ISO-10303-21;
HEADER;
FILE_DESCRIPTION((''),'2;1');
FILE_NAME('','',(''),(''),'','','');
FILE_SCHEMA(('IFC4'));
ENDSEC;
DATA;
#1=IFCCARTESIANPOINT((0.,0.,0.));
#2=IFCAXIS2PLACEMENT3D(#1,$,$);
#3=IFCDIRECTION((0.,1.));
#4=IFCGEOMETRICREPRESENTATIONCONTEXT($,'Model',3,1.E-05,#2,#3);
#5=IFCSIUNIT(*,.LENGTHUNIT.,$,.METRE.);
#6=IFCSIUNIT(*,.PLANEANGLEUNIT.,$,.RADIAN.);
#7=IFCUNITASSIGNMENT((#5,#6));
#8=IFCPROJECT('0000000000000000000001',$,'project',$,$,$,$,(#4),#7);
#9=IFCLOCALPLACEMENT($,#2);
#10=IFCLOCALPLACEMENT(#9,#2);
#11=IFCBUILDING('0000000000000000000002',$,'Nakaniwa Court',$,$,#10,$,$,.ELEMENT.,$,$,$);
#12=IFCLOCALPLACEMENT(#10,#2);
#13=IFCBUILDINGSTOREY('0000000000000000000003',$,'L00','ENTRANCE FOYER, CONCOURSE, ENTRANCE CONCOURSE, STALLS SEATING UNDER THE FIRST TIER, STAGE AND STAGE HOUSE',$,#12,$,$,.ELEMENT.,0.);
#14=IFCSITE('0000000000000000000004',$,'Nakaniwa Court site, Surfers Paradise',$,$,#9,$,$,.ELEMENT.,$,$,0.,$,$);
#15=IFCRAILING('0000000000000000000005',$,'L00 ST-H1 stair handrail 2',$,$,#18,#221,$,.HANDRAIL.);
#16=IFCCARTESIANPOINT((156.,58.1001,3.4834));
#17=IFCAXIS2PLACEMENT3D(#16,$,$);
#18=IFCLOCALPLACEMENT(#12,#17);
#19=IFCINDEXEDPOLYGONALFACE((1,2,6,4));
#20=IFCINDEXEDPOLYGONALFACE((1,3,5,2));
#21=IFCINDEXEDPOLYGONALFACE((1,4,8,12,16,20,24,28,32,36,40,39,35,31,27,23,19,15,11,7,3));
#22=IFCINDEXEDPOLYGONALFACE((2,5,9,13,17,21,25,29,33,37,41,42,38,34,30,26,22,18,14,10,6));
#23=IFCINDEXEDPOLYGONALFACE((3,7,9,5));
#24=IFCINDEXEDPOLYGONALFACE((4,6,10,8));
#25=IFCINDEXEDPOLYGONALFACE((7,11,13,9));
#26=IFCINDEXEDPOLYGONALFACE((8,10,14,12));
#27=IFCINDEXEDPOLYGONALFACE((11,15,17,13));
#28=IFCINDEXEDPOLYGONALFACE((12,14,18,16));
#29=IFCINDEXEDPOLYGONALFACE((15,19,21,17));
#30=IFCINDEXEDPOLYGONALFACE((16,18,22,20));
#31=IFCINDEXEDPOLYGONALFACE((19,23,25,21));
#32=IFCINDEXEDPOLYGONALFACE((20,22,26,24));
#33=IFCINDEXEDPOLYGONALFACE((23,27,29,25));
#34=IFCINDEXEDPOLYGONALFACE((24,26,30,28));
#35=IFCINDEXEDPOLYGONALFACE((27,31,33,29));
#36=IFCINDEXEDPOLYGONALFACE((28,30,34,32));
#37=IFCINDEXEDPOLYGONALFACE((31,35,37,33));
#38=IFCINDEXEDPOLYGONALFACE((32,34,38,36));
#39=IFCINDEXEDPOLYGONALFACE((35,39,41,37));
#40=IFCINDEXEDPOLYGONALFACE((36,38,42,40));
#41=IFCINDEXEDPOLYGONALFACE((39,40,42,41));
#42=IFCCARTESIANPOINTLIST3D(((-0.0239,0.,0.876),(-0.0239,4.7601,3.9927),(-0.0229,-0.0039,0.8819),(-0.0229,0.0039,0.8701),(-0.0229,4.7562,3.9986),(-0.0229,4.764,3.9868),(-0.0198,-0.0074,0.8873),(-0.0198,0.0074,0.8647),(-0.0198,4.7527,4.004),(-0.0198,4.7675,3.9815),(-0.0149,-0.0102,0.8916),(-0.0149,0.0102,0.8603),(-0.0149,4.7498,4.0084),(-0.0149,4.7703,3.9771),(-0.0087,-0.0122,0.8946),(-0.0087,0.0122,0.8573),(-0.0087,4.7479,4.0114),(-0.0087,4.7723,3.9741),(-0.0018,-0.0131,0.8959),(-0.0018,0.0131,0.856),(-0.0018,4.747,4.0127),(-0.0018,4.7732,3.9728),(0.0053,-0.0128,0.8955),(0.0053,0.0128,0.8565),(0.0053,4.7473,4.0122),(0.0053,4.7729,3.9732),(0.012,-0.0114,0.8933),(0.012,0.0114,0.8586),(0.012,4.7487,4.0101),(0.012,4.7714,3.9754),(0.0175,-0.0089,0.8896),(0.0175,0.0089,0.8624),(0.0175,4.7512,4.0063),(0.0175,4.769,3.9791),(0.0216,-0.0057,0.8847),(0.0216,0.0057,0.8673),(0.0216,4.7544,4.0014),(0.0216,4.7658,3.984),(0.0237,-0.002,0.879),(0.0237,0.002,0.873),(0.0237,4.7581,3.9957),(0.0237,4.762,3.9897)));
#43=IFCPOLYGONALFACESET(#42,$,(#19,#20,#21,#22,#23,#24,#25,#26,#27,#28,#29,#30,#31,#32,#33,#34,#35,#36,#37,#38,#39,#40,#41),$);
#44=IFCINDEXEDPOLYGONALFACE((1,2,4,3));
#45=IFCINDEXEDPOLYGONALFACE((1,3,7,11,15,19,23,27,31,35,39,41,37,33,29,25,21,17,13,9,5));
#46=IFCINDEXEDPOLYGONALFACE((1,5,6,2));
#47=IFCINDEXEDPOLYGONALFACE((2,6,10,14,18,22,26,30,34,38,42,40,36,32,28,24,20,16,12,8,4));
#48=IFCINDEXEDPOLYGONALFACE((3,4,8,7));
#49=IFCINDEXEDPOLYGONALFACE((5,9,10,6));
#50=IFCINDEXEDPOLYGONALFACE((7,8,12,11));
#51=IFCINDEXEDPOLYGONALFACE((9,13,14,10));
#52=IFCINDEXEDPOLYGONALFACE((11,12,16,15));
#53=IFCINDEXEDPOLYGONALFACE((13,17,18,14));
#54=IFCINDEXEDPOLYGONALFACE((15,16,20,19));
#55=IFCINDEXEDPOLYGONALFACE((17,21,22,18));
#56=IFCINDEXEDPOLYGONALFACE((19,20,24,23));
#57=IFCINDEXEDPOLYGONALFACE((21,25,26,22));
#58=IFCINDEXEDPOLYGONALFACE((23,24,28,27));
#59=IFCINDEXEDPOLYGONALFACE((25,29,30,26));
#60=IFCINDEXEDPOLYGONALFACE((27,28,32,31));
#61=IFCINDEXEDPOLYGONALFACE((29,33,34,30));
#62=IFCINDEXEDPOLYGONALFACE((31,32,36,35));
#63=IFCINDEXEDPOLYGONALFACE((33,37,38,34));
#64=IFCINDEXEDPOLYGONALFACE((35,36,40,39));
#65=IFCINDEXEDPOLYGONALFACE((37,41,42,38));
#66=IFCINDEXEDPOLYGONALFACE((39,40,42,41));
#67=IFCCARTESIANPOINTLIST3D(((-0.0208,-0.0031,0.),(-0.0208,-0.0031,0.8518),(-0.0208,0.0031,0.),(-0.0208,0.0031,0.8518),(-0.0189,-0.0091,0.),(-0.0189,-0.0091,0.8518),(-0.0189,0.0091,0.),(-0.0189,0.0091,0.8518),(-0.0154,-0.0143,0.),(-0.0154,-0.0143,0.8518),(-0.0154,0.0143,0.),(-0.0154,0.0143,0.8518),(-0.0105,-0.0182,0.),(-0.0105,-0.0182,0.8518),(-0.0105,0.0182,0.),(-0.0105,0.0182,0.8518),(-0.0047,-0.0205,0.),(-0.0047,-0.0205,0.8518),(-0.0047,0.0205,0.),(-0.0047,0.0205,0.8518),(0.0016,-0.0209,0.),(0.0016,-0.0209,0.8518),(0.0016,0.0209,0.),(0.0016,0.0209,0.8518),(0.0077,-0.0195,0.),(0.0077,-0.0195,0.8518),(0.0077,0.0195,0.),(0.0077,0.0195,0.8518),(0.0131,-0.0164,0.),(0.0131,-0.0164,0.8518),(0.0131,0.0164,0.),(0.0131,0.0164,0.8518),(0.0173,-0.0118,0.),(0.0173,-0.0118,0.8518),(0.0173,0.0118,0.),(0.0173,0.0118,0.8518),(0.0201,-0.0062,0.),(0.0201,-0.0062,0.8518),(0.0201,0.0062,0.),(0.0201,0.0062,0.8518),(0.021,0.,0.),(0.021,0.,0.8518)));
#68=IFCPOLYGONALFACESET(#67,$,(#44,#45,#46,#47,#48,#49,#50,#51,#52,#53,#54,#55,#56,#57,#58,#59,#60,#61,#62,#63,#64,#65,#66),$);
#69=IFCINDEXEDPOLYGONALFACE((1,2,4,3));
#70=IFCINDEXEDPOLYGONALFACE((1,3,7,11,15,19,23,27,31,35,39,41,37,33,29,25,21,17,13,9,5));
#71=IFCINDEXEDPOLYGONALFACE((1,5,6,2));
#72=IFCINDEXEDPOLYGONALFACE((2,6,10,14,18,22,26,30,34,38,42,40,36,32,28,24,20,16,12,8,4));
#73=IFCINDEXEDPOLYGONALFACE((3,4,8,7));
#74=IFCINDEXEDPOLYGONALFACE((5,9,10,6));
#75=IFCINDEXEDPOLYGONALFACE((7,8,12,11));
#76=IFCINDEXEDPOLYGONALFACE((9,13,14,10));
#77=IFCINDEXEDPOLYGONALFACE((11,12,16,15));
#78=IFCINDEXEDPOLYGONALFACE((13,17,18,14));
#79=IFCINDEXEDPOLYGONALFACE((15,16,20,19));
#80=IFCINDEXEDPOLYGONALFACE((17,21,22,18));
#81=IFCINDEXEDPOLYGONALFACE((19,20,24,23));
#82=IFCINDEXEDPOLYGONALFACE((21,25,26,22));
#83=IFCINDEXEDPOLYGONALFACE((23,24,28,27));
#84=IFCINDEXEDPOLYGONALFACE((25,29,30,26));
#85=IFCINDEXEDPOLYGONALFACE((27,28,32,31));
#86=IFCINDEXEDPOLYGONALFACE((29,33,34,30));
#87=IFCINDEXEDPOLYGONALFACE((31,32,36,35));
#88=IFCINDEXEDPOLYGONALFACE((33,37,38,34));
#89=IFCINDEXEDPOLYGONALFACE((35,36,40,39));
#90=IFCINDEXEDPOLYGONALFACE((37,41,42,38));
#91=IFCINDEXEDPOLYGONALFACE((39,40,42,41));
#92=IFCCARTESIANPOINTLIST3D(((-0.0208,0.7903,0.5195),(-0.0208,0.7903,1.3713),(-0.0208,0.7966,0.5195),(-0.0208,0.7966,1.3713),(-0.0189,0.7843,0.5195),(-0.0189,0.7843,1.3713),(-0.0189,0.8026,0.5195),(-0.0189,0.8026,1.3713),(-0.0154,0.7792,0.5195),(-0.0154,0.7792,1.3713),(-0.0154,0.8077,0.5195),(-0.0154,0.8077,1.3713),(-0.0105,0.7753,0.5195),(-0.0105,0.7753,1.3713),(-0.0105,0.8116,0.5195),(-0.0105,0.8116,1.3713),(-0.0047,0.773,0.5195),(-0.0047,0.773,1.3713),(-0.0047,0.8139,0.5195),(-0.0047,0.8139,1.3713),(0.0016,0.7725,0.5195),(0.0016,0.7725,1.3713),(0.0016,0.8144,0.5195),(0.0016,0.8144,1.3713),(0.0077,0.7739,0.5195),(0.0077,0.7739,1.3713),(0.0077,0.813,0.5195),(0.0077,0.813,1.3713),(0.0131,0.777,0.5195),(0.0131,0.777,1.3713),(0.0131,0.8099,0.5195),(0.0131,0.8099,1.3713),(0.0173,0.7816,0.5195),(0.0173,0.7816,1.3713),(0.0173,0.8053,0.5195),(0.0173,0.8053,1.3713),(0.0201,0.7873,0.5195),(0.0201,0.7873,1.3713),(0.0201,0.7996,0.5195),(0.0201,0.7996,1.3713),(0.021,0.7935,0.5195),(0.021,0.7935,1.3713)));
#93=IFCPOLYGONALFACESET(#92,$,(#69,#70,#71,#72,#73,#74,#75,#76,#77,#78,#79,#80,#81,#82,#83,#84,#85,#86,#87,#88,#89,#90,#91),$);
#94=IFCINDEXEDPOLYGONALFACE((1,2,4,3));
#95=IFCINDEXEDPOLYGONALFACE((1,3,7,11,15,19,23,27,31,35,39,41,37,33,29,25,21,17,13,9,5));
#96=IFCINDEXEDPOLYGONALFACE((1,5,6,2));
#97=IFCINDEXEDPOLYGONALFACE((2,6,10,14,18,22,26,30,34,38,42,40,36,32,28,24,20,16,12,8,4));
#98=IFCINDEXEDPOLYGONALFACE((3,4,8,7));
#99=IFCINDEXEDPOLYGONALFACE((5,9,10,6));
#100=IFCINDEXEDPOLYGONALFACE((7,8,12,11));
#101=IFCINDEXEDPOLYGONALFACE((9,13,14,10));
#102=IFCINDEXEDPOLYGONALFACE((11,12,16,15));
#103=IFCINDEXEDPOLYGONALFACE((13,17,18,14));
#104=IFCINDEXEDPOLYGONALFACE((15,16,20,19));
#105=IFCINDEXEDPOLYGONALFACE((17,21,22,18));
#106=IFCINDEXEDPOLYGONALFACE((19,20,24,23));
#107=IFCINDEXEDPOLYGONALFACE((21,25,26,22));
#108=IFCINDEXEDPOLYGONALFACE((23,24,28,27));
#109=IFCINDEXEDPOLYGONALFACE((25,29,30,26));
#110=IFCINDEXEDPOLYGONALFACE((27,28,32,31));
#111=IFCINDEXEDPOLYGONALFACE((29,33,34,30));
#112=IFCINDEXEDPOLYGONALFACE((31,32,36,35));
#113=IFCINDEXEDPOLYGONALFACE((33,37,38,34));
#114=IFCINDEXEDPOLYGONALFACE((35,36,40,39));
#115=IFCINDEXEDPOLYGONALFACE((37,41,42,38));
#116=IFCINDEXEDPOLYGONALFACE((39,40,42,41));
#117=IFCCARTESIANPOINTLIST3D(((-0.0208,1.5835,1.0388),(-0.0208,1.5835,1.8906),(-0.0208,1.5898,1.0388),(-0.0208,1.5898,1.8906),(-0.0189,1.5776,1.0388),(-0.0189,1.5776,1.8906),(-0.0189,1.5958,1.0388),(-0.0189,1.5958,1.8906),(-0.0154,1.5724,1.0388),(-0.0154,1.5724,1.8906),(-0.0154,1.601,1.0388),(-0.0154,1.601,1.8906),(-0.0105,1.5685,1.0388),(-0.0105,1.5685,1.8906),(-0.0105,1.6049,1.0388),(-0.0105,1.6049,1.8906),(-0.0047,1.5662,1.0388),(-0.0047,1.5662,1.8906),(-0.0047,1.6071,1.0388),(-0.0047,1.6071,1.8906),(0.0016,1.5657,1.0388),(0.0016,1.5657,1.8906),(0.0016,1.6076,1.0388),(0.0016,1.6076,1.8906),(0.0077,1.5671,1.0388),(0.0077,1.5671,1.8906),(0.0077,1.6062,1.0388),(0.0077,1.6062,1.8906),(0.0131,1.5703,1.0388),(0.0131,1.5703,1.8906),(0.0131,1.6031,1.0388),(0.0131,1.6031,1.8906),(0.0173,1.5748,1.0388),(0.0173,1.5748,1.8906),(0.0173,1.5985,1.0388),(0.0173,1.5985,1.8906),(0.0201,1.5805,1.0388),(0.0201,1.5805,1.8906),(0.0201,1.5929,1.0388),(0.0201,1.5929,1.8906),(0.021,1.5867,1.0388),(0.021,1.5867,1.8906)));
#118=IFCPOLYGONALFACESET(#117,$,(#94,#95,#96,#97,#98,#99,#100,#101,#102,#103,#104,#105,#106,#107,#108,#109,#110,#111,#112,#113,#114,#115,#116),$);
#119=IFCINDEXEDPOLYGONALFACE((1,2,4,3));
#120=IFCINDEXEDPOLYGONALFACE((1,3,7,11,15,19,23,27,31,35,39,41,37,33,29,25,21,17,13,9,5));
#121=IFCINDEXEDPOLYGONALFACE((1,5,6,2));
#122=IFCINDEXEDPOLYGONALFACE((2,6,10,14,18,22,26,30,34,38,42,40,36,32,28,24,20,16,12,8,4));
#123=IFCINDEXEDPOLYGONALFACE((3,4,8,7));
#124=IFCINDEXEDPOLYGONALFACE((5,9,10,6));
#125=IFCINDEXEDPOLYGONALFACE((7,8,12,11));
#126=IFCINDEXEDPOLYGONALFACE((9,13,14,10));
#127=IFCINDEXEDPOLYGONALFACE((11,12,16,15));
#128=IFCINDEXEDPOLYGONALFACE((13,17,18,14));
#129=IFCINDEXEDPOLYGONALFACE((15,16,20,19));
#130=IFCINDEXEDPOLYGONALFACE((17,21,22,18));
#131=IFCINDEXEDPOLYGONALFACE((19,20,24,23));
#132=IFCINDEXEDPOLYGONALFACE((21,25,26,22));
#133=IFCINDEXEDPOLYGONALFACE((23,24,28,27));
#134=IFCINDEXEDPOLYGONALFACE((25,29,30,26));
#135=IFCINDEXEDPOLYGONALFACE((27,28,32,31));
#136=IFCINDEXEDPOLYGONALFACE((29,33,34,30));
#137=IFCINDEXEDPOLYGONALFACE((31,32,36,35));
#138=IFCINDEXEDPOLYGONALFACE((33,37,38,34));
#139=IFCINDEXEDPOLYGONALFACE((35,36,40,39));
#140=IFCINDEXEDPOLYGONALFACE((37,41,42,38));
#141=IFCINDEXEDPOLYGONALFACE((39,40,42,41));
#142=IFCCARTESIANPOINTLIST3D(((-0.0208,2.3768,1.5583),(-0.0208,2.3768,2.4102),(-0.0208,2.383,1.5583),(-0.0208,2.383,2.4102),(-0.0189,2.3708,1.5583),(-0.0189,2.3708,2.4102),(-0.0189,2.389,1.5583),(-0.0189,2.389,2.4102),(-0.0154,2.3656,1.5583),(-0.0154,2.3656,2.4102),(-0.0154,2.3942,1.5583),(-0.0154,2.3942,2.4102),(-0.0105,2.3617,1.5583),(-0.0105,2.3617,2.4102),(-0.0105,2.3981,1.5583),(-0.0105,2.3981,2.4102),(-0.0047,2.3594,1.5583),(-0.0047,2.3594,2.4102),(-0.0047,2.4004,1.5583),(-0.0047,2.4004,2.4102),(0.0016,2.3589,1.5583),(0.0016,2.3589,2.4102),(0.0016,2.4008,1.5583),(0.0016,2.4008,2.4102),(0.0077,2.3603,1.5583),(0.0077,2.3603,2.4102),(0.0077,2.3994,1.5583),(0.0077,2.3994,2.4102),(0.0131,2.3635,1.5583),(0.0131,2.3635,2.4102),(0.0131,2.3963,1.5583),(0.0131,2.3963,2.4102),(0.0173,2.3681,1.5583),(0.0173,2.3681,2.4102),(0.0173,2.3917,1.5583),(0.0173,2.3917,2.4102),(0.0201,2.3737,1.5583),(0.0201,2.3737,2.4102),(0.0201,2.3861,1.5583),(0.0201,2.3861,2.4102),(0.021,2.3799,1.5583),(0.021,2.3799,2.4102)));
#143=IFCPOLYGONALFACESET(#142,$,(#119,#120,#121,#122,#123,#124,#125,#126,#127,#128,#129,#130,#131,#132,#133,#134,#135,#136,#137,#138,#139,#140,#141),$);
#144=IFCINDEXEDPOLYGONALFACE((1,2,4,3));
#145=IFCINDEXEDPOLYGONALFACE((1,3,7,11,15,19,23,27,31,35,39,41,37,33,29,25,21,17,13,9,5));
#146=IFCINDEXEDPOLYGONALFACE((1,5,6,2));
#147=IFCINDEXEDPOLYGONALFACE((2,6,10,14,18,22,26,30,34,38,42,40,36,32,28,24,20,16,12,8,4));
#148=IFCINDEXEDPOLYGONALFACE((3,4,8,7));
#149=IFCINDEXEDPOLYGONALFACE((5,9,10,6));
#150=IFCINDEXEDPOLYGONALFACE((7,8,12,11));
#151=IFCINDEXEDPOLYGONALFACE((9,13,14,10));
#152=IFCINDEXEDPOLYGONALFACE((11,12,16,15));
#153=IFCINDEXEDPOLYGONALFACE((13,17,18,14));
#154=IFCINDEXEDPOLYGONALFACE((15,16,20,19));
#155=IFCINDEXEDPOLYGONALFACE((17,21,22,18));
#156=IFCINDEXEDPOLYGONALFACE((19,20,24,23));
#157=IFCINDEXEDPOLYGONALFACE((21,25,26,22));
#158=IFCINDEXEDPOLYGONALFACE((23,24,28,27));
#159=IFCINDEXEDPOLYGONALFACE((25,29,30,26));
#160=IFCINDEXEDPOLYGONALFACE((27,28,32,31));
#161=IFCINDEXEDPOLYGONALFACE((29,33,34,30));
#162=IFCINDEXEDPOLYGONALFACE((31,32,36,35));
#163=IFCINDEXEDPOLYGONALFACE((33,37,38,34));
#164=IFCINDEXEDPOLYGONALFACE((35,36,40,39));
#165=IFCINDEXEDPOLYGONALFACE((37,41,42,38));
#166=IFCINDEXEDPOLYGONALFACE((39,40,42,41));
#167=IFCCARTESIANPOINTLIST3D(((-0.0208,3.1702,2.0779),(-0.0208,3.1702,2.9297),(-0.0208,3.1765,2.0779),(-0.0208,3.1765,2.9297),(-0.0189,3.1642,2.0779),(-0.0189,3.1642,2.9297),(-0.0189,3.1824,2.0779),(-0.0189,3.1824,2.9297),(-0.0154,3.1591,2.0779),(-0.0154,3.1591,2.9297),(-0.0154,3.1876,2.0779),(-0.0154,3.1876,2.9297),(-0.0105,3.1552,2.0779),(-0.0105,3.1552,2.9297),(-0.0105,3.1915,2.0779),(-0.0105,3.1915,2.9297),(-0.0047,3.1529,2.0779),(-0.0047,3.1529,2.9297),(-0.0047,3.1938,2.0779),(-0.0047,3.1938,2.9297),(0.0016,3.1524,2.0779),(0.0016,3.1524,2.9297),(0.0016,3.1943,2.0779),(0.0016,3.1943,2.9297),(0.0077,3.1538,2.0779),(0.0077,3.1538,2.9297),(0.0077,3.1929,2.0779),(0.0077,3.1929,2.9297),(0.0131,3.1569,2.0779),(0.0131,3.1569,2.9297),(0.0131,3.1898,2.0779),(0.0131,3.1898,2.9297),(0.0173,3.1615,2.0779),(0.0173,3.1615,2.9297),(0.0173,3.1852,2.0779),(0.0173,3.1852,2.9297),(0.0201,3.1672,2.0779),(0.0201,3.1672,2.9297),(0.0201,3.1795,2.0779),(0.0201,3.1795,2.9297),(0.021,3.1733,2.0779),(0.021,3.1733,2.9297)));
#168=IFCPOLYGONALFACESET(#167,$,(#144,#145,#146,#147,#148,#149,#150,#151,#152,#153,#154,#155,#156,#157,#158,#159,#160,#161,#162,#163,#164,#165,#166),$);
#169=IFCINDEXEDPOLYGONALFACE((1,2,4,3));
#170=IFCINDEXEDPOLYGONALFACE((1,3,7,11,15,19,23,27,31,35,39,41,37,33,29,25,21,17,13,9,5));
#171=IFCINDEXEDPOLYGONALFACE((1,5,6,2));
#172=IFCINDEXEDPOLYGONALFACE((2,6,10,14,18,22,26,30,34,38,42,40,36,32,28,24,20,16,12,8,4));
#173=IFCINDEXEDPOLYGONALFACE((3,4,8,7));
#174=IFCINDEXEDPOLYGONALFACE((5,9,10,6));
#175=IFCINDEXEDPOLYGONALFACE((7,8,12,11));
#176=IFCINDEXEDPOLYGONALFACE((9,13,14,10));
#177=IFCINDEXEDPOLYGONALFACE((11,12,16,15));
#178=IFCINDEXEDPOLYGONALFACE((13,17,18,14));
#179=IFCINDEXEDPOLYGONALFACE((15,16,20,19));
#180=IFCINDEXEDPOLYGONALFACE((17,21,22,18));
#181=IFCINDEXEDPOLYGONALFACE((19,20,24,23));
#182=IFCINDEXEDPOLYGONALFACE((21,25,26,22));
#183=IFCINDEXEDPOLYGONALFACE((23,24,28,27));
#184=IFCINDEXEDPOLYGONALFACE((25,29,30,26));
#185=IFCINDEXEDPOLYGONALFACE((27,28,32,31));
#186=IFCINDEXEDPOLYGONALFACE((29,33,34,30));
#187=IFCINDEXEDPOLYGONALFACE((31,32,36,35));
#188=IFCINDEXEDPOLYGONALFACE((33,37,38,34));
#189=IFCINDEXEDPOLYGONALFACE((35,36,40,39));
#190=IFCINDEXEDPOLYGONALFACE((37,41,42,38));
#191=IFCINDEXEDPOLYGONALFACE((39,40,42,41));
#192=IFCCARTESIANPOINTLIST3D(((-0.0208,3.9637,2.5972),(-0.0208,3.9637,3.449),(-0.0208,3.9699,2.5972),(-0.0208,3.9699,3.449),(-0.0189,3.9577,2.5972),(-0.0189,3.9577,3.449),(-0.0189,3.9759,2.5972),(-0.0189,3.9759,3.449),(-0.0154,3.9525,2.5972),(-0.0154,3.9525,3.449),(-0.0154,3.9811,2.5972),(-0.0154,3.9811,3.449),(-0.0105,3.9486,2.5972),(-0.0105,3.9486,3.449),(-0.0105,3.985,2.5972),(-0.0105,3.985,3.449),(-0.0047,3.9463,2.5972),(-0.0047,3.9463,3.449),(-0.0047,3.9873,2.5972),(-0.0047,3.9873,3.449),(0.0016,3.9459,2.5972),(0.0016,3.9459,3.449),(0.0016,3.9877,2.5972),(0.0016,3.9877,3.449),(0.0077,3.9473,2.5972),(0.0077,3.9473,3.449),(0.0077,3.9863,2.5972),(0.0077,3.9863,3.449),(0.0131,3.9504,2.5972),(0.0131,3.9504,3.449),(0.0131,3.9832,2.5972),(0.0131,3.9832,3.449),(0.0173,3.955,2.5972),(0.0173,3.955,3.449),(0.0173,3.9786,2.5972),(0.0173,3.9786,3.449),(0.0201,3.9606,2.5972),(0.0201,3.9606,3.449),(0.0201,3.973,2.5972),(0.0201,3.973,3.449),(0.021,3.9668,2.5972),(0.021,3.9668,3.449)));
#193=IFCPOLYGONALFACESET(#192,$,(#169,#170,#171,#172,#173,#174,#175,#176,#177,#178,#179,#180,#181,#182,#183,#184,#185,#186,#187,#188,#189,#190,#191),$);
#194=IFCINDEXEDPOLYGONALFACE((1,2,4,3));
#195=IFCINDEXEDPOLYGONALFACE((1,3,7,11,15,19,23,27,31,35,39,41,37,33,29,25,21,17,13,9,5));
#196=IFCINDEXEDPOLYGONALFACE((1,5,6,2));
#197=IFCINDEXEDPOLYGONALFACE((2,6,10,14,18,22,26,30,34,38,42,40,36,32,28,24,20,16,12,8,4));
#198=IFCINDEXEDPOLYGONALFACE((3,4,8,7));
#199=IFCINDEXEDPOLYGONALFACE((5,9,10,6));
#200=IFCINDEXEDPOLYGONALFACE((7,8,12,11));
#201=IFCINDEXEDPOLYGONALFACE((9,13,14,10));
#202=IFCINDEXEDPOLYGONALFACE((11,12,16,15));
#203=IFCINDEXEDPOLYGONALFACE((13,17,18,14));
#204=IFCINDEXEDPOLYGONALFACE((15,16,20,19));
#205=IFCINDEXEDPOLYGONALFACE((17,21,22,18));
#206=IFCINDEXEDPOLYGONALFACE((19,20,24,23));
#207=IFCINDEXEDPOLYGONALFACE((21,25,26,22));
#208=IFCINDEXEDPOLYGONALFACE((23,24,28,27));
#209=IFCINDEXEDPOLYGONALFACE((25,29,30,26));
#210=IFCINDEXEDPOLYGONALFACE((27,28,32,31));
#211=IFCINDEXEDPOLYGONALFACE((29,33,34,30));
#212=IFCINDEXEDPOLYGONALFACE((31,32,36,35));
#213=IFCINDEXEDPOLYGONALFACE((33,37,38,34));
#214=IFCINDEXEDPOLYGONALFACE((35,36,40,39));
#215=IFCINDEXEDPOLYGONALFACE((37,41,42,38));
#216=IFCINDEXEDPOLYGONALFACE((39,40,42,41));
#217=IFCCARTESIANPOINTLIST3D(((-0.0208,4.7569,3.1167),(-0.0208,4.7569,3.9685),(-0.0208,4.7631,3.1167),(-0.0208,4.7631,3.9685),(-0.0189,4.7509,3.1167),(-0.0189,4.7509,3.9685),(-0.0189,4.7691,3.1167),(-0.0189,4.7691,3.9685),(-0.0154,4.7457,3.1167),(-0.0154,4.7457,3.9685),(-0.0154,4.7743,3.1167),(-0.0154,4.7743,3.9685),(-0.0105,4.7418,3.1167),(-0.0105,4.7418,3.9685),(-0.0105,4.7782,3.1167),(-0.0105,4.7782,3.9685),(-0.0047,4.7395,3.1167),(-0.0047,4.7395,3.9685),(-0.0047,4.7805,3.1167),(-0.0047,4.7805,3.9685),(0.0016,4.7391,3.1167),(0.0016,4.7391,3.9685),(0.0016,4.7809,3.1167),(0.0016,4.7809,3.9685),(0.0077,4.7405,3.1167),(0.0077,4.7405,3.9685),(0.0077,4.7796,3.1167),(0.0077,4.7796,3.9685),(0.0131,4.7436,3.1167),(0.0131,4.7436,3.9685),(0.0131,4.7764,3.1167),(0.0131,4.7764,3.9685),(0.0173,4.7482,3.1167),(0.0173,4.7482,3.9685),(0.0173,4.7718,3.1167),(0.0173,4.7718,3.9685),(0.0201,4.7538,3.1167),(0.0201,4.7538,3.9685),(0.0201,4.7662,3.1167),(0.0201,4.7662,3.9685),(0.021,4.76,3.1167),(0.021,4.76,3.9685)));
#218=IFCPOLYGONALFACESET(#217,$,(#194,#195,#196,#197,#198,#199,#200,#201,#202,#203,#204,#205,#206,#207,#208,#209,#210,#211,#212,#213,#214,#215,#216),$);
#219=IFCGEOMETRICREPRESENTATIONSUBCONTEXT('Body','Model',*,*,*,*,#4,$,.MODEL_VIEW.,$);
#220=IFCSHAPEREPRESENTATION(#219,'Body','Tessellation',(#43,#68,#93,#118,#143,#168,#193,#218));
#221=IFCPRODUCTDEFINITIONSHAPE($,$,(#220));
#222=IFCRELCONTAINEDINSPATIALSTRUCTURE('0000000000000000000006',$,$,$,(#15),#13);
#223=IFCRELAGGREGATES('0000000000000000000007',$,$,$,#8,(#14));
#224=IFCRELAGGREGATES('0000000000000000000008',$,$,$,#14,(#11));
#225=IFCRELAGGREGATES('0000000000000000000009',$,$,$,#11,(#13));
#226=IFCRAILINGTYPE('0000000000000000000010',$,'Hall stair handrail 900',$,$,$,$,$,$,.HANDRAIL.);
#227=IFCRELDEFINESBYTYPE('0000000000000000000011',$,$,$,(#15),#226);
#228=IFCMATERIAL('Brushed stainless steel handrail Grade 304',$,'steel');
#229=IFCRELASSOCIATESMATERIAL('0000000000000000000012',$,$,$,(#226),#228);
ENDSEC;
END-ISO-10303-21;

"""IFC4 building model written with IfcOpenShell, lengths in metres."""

from ifc_helpers import new_model, si_unit, direction, frame, origin, origin_2d, place, context, subcontext, project, spatial, circle, extrude, material, type_object, element, save


model = new_model("IFC4")

# Units and contexts
model_context = context("Model", 3, precision=1e-05, world=origin(), true_north=direction((0.0, 1.0)))
body_context = subcontext(model_context, "Body", "Model", "MODEL_VIEW")
ifc_project = project(units=[si_unit("LENGTHUNIT", "METRE"), si_unit("PLANEANGLEUNIT", "RADIAN")], contexts=[model_context])

# Site, building, storey
site_placement = place(None, origin())
site = spatial("IfcSite", under=ifc_project, at=site_placement, Name="Nakaniwa Court site, Surfers Paradise", CompositionType="ELEMENT", RefElevation=0.0)
building_placement = place(site_placement, origin())
building = spatial("IfcBuilding", under=site, at=building_placement, Name="Nakaniwa Court", CompositionType="ELEMENT")
storey_placement = place(building_placement, origin())
storey = spatial("IfcBuildingStorey", under=building, at=storey_placement, Name="L00", Description="ENTRANCE FOYER, CONCOURSE, ENTRANCE CONCOURSE, STALLS SEATING UNDER THE FIRST TIER, STAGE AND STAGE HOUSE", CompositionType="ELEMENT", Elevation=0.0)

# Railing
ifc_material_1 = material(Name="Brushed stainless steel handrail Grade 304", Category="steel")
railing_type = type_object("IfcRailingType", Name="Hall stair handrail 900", PredefinedType="HANDRAIL", material=ifc_material_1)
railing_placement = place(storey_placement, frame((156.0, 58.1001, 3.4834)))
element("IfcRailing", 1, at=railing_placement, inside=storey, type_object=railing_type, Name="L00 ST-H1 stair handrail 2", PredefinedType="HANDRAIL", context=body_context, shape_type="SweptSolid", body=[
    extrude(circle(Radius=0.0239, at=origin_2d()), frame((0.0, 0.0, 0.876), z_axis=(0.0, 0.836616, 0.547789), x_axis=(-1.0, 0.0, 0.0)), (0.0, 0.0, 1.0), 5.6897),
    extrude(circle(Radius=0.021, at=origin_2d()), origin(), (0.0, 0.0, 1.0), 0.8518),
    extrude(circle(Radius=0.021, at=origin_2d()), frame((0.0, 0.7935, 0.5195)), (0.0, 0.0, 1.0), 0.8518),
    extrude(circle(Radius=0.021, at=origin_2d()), frame((0.0, 1.5867, 1.0388)), (0.0, 0.0, 1.0), 0.8518),
    extrude(circle(Radius=0.021, at=origin_2d()), frame((0.0, 2.3799, 1.5583)), (0.0, 0.0, 1.0), 0.8518),
    extrude(circle(Radius=0.021, at=origin_2d()), frame((0.0, 3.1733, 2.0779)), (0.0, 0.0, 1.0), 0.8518),
    extrude(circle(Radius=0.021, at=origin_2d()), frame((0.0, 3.9668, 2.5972)), (0.0, 0.0, 1.0), 0.8518),
    extrude(circle(Radius=0.021, at=origin_2d()), frame((0.0, 4.76, 3.1167)), (0.0, 0.0, 1.0), 0.8518),
])

save(model, "model.ifc")
